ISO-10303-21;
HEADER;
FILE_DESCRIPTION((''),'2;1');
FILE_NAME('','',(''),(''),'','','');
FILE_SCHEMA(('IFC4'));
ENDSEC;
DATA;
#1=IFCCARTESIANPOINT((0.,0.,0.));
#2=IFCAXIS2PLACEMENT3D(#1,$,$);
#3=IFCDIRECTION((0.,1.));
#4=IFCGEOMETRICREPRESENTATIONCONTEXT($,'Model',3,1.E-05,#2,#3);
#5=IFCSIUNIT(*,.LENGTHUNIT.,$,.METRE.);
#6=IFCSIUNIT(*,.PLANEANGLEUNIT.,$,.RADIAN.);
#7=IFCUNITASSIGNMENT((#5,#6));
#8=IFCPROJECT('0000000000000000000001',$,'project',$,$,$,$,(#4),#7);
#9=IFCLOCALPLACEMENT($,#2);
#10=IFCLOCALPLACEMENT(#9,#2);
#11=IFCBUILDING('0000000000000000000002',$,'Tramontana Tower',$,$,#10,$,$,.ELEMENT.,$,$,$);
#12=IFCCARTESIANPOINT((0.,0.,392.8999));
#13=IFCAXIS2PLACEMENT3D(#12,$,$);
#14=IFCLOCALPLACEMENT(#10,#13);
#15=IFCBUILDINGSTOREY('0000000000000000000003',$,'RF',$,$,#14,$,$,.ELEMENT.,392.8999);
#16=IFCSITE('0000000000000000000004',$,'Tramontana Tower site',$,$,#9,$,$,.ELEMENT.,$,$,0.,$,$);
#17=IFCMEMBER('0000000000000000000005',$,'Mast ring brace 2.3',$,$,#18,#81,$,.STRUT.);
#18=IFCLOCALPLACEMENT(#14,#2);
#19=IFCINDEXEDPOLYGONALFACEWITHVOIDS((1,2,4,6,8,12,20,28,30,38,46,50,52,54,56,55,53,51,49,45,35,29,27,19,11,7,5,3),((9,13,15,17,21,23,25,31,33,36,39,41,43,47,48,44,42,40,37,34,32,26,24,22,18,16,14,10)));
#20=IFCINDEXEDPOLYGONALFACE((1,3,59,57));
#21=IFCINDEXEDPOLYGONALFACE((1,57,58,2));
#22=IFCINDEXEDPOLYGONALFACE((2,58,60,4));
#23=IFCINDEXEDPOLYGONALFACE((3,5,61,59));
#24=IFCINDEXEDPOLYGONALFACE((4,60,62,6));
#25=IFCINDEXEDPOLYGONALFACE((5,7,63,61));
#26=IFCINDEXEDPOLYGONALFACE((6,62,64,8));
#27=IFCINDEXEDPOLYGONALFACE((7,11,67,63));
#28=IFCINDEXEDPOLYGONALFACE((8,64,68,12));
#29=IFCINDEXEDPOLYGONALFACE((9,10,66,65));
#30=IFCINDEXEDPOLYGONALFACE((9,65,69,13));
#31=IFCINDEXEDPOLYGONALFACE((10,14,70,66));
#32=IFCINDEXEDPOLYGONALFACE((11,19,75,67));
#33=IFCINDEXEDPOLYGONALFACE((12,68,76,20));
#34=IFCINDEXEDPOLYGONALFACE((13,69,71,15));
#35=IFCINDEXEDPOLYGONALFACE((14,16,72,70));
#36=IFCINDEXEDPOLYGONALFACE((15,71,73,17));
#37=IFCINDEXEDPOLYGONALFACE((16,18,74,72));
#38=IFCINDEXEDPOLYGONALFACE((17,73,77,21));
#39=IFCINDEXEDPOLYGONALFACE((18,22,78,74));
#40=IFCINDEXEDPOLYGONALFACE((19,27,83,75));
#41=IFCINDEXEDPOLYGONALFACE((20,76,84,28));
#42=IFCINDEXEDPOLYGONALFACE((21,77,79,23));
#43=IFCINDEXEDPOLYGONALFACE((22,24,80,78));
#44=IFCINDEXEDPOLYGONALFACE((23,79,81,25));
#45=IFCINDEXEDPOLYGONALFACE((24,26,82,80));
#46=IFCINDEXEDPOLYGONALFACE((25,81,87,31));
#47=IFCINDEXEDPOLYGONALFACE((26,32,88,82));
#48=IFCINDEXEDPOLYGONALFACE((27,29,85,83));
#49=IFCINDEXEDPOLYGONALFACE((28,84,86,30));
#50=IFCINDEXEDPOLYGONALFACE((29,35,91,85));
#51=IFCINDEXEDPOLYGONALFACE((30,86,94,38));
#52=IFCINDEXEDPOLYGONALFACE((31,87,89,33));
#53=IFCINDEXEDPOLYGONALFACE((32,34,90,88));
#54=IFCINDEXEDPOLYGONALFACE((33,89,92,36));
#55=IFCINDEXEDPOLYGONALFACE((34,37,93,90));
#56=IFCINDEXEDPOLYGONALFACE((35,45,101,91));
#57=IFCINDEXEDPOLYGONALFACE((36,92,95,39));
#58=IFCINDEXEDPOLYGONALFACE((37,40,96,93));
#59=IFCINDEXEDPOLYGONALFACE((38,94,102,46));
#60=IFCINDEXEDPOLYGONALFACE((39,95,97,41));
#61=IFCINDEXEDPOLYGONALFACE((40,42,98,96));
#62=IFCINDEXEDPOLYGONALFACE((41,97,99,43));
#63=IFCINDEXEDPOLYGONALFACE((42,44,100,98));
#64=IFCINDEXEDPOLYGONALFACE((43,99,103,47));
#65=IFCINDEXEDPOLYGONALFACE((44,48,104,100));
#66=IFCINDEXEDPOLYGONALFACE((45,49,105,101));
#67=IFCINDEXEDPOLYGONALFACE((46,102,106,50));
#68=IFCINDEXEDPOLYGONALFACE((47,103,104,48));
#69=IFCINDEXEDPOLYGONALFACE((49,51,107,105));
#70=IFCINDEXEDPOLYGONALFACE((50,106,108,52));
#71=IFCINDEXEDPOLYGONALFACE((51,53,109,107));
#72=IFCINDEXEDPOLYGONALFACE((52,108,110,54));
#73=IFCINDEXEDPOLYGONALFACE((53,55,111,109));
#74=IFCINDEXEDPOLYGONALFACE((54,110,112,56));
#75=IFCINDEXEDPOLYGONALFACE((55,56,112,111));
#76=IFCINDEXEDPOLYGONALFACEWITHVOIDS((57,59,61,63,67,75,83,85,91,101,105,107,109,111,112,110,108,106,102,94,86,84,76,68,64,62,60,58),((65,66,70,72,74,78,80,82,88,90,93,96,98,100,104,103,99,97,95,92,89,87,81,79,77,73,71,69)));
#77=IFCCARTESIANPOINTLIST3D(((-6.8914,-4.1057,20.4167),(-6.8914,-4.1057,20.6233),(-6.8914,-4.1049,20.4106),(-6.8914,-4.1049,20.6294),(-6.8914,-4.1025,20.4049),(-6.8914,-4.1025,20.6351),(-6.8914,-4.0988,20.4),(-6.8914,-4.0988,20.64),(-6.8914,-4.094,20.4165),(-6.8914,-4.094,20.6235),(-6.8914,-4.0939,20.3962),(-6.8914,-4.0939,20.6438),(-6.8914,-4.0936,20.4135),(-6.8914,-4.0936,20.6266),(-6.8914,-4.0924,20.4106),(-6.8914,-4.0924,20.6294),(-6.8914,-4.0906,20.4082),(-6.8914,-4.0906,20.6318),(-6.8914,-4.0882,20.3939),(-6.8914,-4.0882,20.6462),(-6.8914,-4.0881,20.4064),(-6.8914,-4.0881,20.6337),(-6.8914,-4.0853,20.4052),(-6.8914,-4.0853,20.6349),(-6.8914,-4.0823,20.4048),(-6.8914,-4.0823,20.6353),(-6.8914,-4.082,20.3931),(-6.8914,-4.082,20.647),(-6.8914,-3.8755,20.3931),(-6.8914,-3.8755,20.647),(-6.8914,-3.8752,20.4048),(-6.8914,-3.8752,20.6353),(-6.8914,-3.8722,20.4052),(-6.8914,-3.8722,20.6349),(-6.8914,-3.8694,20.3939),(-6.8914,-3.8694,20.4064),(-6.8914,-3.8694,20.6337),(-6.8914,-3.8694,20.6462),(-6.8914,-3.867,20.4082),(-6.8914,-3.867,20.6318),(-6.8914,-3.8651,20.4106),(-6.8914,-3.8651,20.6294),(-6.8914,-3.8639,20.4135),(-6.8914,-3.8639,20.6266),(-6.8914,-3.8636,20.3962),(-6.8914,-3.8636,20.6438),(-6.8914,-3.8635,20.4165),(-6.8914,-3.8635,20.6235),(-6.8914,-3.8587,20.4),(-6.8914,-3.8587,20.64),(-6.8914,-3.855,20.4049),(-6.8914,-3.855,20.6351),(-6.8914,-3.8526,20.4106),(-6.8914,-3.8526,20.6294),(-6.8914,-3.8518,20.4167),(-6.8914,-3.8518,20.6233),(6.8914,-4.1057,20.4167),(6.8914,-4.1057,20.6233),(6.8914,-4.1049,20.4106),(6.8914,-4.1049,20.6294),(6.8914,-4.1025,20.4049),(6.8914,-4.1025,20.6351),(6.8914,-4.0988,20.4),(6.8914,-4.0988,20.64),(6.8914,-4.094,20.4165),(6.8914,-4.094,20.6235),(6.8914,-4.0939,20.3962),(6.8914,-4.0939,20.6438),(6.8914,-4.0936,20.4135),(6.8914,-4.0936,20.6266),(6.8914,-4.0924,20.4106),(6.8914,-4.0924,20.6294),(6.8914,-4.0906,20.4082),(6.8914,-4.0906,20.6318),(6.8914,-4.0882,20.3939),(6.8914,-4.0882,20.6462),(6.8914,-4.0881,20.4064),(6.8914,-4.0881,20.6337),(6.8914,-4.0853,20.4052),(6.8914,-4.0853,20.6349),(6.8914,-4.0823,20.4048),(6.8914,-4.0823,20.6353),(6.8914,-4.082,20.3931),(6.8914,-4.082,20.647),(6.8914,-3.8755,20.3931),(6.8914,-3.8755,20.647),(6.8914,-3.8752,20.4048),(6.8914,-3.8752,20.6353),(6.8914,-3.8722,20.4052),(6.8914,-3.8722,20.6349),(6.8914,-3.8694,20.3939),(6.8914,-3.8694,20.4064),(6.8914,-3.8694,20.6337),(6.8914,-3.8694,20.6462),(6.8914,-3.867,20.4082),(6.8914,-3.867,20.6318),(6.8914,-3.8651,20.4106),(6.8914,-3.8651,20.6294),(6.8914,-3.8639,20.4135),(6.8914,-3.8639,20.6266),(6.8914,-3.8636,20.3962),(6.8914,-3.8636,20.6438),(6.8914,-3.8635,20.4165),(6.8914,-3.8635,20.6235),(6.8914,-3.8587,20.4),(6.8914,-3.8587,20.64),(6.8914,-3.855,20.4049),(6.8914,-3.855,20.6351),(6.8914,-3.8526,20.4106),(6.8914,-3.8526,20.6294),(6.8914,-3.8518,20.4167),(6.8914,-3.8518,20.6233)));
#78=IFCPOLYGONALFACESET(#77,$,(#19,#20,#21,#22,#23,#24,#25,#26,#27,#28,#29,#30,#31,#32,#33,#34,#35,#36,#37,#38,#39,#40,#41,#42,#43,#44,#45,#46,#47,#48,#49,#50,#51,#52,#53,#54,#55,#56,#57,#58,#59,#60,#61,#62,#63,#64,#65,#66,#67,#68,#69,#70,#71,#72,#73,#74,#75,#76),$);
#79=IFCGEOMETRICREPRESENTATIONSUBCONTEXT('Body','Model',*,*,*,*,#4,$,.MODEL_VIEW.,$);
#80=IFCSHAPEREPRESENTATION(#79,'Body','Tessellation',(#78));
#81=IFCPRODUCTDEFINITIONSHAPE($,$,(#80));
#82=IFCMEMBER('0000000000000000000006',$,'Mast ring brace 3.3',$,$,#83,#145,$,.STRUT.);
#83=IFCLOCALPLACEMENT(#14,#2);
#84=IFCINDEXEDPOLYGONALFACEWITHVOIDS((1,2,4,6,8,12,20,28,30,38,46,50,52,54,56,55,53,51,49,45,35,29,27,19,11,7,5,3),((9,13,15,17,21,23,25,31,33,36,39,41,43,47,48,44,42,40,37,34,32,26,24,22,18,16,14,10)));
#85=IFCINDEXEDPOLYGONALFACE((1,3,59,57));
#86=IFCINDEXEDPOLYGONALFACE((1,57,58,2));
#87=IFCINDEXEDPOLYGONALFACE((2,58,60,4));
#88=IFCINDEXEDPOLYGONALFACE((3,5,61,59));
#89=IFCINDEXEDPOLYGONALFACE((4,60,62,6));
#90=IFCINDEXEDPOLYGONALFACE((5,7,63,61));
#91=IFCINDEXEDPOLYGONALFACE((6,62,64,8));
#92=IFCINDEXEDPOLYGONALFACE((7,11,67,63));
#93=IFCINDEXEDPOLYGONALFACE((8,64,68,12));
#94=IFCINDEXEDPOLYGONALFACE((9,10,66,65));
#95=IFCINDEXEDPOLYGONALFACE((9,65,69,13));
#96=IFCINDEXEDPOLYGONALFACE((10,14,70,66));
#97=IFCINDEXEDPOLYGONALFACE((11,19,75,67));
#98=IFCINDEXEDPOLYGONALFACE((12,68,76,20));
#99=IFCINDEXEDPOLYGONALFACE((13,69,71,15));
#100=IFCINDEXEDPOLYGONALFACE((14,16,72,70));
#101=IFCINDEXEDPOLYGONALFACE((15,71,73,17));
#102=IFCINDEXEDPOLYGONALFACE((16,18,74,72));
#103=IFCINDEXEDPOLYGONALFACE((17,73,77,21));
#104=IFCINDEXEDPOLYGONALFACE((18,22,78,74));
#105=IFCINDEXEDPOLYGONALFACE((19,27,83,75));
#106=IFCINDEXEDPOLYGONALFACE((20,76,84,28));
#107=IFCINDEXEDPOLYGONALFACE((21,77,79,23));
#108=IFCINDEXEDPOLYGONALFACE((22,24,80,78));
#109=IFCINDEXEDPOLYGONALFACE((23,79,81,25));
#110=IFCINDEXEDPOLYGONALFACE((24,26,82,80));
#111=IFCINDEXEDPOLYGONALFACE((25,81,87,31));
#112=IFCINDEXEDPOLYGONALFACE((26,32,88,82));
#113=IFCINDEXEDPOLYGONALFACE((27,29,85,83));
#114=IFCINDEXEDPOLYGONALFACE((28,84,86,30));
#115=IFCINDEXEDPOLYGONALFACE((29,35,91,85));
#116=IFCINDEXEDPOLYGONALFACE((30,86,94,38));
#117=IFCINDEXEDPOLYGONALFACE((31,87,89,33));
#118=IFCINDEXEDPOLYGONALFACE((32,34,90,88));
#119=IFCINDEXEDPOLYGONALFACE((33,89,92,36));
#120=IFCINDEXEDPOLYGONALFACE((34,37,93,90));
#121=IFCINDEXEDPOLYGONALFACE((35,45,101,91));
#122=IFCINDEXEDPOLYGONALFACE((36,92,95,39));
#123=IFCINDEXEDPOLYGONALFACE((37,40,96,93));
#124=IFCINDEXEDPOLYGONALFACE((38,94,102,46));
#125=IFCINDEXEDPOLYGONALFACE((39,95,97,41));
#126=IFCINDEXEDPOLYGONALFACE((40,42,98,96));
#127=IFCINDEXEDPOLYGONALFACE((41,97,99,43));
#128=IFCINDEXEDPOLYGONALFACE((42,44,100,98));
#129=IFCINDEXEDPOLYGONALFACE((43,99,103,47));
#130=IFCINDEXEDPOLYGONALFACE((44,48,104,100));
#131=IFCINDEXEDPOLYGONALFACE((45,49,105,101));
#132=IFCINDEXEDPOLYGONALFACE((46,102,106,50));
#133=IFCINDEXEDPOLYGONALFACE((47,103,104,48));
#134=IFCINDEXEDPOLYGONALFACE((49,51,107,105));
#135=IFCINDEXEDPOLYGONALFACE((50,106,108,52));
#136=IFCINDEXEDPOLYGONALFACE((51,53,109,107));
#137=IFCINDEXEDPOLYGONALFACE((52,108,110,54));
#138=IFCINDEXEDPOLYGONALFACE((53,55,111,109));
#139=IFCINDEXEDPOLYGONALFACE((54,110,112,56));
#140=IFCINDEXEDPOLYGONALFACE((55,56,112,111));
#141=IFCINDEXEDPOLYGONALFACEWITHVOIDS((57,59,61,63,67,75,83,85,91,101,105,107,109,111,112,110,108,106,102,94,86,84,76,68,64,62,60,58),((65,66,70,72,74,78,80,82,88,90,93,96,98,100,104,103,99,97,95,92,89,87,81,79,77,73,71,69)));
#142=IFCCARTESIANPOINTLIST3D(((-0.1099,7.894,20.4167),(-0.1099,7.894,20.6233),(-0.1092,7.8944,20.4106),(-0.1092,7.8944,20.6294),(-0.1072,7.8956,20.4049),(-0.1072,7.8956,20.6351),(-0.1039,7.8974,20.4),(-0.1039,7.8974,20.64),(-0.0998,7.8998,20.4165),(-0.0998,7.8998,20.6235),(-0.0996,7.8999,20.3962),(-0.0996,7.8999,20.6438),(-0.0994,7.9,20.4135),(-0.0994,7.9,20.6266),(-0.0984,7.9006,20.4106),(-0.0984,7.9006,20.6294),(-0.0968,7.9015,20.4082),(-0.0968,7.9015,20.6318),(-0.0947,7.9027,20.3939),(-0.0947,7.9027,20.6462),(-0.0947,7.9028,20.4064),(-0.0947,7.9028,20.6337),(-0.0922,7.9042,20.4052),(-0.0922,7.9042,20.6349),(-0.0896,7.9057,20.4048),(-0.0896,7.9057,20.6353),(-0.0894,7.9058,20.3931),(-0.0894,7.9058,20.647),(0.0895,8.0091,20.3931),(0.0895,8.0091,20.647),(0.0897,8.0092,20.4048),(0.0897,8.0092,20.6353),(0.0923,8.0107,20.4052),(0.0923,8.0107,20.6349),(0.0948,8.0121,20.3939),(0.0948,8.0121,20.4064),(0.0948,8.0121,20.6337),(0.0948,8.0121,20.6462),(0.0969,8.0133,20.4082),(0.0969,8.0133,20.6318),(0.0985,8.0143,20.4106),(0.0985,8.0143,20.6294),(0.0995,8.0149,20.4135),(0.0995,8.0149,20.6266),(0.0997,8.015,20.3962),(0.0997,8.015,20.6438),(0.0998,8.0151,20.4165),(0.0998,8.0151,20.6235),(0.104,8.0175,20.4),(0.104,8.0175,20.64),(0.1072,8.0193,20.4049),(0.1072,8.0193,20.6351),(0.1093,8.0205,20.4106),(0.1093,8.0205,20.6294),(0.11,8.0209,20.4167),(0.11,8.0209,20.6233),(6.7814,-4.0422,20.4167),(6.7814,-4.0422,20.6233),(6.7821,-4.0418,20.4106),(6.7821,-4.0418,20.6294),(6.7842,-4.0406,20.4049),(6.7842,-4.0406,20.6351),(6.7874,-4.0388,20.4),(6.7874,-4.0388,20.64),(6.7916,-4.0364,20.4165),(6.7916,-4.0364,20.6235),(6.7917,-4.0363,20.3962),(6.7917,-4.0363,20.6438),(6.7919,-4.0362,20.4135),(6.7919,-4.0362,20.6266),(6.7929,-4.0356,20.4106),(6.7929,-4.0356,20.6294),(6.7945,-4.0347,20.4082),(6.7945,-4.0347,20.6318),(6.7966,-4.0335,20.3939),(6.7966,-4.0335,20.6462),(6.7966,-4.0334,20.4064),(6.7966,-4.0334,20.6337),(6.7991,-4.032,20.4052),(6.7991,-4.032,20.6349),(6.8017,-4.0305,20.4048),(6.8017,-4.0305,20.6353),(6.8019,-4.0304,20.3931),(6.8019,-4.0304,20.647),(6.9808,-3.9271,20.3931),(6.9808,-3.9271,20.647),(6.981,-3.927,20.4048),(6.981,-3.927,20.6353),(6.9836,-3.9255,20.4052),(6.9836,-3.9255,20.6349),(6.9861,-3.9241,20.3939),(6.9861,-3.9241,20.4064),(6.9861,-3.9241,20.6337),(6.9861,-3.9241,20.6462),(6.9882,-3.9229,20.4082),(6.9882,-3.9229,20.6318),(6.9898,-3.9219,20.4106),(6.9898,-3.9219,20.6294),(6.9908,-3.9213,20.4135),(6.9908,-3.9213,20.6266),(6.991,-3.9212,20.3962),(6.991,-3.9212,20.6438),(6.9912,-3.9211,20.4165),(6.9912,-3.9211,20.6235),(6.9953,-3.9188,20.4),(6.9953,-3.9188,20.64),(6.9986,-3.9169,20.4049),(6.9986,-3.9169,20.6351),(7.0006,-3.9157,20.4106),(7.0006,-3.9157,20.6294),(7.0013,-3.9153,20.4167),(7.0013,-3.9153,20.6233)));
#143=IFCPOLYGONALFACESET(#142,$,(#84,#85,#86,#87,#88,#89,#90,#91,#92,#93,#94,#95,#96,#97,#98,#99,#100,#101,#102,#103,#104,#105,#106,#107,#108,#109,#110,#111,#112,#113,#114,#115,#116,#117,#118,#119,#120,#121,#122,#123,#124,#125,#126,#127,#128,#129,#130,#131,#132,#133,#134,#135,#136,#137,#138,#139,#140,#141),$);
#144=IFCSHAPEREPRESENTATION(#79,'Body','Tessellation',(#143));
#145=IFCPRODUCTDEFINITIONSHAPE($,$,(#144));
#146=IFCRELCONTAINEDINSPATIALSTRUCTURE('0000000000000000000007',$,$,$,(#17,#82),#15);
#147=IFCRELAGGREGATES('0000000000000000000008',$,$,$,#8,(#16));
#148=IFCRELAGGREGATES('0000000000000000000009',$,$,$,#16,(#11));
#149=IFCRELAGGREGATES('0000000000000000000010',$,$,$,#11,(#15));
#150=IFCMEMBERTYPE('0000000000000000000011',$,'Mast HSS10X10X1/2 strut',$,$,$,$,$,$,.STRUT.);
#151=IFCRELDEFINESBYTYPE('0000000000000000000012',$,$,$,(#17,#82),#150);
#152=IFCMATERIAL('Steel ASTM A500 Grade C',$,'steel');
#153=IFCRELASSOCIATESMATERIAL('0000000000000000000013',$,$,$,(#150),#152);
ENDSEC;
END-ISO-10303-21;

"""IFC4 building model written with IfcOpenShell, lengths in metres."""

from ifc_helpers import new_model, si_unit, direction, frame, origin, origin_2d, place, context, subcontext, project, spatial, hollow_rectangle, extrude, material, material_profile, profile_set, type_object, element, save


model = new_model("IFC4")

# Units and contexts
model_context = context("Model", 3, precision=1e-05, world=origin(), true_north=direction((0.0, 1.0)))
body_context = subcontext(model_context, "Body", "Model", "MODEL_VIEW")
ifc_project = project(units=[si_unit("LENGTHUNIT", "METRE"), si_unit("PLANEANGLEUNIT", "RADIAN")], contexts=[model_context])

# Site, building, storey
site_placement = place(None, origin())
site = spatial("IfcSite", under=ifc_project, at=site_placement, Name="Tramontana Tower site", CompositionType="ELEMENT", RefElevation=0.0)
building_placement = place(site_placement, origin())
building = spatial("IfcBuilding", under=site, at=building_placement, Name="Tramontana Tower", CompositionType="ELEMENT")
storey_placement = place(building_placement, frame((0.0, 0.0, 392.8999)))
storey = spatial("IfcBuildingStorey", under=building, at=storey_placement, Name="RF", CompositionType="ELEMENT", Elevation=392.8999)

# Members
ifc_material_1 = material(Name="Steel ASTM A500 Grade C", Category="steel")
ifc_material_profile_1 = material_profile(ifc_material_1, hollow_rectangle(XDim=0.2539, YDim=0.2539, WallThickness=0.0117, InnerFilletRadius=0.0117, OuterFilletRadius=0.0237, at=origin_2d()), Name="HSS10X10X1/2")
ifc_profile_set_1 = profile_set([ifc_material_profile_1], Name="Steel ASTM A500 Grade C")
member_type_1 = type_object("IfcMemberType", Name="Mast HSS10X10X1/2 strut", PredefinedType="STRUT", material=ifc_profile_set_1)
for number, where, z_axis, x_axis, name in (
    (1, (-6.8914, -3.9788, 20.52), (1.0, 0.0, 0.0), (0.0, 1.0, 0.0), "Mast ring brace 2.3"),
    (2, (6.8914, -3.9788, 20.52), (-0.499997, 0.866027, 0.0), (-0.866027, -0.499997, 0.0), "Mast ring brace 3.3"),
):
    element("IfcMember", number, at=place(storey_placement, frame(where, z_axis=z_axis, x_axis=x_axis)), inside=storey, type_object=member_type_1, Name=name, PredefinedType="STRUT", context=body_context, shape_type="SweptSolid", body=[
        extrude(hollow_rectangle(XDim=0.2539, YDim=0.2539, WallThickness=0.0117, InnerFilletRadius=0.0117, OuterFilletRadius=0.0237, at=origin_2d()), origin(), (0.0, 0.0, 1.0), 13.7827),
    ])

save(model, "model.ifc")
